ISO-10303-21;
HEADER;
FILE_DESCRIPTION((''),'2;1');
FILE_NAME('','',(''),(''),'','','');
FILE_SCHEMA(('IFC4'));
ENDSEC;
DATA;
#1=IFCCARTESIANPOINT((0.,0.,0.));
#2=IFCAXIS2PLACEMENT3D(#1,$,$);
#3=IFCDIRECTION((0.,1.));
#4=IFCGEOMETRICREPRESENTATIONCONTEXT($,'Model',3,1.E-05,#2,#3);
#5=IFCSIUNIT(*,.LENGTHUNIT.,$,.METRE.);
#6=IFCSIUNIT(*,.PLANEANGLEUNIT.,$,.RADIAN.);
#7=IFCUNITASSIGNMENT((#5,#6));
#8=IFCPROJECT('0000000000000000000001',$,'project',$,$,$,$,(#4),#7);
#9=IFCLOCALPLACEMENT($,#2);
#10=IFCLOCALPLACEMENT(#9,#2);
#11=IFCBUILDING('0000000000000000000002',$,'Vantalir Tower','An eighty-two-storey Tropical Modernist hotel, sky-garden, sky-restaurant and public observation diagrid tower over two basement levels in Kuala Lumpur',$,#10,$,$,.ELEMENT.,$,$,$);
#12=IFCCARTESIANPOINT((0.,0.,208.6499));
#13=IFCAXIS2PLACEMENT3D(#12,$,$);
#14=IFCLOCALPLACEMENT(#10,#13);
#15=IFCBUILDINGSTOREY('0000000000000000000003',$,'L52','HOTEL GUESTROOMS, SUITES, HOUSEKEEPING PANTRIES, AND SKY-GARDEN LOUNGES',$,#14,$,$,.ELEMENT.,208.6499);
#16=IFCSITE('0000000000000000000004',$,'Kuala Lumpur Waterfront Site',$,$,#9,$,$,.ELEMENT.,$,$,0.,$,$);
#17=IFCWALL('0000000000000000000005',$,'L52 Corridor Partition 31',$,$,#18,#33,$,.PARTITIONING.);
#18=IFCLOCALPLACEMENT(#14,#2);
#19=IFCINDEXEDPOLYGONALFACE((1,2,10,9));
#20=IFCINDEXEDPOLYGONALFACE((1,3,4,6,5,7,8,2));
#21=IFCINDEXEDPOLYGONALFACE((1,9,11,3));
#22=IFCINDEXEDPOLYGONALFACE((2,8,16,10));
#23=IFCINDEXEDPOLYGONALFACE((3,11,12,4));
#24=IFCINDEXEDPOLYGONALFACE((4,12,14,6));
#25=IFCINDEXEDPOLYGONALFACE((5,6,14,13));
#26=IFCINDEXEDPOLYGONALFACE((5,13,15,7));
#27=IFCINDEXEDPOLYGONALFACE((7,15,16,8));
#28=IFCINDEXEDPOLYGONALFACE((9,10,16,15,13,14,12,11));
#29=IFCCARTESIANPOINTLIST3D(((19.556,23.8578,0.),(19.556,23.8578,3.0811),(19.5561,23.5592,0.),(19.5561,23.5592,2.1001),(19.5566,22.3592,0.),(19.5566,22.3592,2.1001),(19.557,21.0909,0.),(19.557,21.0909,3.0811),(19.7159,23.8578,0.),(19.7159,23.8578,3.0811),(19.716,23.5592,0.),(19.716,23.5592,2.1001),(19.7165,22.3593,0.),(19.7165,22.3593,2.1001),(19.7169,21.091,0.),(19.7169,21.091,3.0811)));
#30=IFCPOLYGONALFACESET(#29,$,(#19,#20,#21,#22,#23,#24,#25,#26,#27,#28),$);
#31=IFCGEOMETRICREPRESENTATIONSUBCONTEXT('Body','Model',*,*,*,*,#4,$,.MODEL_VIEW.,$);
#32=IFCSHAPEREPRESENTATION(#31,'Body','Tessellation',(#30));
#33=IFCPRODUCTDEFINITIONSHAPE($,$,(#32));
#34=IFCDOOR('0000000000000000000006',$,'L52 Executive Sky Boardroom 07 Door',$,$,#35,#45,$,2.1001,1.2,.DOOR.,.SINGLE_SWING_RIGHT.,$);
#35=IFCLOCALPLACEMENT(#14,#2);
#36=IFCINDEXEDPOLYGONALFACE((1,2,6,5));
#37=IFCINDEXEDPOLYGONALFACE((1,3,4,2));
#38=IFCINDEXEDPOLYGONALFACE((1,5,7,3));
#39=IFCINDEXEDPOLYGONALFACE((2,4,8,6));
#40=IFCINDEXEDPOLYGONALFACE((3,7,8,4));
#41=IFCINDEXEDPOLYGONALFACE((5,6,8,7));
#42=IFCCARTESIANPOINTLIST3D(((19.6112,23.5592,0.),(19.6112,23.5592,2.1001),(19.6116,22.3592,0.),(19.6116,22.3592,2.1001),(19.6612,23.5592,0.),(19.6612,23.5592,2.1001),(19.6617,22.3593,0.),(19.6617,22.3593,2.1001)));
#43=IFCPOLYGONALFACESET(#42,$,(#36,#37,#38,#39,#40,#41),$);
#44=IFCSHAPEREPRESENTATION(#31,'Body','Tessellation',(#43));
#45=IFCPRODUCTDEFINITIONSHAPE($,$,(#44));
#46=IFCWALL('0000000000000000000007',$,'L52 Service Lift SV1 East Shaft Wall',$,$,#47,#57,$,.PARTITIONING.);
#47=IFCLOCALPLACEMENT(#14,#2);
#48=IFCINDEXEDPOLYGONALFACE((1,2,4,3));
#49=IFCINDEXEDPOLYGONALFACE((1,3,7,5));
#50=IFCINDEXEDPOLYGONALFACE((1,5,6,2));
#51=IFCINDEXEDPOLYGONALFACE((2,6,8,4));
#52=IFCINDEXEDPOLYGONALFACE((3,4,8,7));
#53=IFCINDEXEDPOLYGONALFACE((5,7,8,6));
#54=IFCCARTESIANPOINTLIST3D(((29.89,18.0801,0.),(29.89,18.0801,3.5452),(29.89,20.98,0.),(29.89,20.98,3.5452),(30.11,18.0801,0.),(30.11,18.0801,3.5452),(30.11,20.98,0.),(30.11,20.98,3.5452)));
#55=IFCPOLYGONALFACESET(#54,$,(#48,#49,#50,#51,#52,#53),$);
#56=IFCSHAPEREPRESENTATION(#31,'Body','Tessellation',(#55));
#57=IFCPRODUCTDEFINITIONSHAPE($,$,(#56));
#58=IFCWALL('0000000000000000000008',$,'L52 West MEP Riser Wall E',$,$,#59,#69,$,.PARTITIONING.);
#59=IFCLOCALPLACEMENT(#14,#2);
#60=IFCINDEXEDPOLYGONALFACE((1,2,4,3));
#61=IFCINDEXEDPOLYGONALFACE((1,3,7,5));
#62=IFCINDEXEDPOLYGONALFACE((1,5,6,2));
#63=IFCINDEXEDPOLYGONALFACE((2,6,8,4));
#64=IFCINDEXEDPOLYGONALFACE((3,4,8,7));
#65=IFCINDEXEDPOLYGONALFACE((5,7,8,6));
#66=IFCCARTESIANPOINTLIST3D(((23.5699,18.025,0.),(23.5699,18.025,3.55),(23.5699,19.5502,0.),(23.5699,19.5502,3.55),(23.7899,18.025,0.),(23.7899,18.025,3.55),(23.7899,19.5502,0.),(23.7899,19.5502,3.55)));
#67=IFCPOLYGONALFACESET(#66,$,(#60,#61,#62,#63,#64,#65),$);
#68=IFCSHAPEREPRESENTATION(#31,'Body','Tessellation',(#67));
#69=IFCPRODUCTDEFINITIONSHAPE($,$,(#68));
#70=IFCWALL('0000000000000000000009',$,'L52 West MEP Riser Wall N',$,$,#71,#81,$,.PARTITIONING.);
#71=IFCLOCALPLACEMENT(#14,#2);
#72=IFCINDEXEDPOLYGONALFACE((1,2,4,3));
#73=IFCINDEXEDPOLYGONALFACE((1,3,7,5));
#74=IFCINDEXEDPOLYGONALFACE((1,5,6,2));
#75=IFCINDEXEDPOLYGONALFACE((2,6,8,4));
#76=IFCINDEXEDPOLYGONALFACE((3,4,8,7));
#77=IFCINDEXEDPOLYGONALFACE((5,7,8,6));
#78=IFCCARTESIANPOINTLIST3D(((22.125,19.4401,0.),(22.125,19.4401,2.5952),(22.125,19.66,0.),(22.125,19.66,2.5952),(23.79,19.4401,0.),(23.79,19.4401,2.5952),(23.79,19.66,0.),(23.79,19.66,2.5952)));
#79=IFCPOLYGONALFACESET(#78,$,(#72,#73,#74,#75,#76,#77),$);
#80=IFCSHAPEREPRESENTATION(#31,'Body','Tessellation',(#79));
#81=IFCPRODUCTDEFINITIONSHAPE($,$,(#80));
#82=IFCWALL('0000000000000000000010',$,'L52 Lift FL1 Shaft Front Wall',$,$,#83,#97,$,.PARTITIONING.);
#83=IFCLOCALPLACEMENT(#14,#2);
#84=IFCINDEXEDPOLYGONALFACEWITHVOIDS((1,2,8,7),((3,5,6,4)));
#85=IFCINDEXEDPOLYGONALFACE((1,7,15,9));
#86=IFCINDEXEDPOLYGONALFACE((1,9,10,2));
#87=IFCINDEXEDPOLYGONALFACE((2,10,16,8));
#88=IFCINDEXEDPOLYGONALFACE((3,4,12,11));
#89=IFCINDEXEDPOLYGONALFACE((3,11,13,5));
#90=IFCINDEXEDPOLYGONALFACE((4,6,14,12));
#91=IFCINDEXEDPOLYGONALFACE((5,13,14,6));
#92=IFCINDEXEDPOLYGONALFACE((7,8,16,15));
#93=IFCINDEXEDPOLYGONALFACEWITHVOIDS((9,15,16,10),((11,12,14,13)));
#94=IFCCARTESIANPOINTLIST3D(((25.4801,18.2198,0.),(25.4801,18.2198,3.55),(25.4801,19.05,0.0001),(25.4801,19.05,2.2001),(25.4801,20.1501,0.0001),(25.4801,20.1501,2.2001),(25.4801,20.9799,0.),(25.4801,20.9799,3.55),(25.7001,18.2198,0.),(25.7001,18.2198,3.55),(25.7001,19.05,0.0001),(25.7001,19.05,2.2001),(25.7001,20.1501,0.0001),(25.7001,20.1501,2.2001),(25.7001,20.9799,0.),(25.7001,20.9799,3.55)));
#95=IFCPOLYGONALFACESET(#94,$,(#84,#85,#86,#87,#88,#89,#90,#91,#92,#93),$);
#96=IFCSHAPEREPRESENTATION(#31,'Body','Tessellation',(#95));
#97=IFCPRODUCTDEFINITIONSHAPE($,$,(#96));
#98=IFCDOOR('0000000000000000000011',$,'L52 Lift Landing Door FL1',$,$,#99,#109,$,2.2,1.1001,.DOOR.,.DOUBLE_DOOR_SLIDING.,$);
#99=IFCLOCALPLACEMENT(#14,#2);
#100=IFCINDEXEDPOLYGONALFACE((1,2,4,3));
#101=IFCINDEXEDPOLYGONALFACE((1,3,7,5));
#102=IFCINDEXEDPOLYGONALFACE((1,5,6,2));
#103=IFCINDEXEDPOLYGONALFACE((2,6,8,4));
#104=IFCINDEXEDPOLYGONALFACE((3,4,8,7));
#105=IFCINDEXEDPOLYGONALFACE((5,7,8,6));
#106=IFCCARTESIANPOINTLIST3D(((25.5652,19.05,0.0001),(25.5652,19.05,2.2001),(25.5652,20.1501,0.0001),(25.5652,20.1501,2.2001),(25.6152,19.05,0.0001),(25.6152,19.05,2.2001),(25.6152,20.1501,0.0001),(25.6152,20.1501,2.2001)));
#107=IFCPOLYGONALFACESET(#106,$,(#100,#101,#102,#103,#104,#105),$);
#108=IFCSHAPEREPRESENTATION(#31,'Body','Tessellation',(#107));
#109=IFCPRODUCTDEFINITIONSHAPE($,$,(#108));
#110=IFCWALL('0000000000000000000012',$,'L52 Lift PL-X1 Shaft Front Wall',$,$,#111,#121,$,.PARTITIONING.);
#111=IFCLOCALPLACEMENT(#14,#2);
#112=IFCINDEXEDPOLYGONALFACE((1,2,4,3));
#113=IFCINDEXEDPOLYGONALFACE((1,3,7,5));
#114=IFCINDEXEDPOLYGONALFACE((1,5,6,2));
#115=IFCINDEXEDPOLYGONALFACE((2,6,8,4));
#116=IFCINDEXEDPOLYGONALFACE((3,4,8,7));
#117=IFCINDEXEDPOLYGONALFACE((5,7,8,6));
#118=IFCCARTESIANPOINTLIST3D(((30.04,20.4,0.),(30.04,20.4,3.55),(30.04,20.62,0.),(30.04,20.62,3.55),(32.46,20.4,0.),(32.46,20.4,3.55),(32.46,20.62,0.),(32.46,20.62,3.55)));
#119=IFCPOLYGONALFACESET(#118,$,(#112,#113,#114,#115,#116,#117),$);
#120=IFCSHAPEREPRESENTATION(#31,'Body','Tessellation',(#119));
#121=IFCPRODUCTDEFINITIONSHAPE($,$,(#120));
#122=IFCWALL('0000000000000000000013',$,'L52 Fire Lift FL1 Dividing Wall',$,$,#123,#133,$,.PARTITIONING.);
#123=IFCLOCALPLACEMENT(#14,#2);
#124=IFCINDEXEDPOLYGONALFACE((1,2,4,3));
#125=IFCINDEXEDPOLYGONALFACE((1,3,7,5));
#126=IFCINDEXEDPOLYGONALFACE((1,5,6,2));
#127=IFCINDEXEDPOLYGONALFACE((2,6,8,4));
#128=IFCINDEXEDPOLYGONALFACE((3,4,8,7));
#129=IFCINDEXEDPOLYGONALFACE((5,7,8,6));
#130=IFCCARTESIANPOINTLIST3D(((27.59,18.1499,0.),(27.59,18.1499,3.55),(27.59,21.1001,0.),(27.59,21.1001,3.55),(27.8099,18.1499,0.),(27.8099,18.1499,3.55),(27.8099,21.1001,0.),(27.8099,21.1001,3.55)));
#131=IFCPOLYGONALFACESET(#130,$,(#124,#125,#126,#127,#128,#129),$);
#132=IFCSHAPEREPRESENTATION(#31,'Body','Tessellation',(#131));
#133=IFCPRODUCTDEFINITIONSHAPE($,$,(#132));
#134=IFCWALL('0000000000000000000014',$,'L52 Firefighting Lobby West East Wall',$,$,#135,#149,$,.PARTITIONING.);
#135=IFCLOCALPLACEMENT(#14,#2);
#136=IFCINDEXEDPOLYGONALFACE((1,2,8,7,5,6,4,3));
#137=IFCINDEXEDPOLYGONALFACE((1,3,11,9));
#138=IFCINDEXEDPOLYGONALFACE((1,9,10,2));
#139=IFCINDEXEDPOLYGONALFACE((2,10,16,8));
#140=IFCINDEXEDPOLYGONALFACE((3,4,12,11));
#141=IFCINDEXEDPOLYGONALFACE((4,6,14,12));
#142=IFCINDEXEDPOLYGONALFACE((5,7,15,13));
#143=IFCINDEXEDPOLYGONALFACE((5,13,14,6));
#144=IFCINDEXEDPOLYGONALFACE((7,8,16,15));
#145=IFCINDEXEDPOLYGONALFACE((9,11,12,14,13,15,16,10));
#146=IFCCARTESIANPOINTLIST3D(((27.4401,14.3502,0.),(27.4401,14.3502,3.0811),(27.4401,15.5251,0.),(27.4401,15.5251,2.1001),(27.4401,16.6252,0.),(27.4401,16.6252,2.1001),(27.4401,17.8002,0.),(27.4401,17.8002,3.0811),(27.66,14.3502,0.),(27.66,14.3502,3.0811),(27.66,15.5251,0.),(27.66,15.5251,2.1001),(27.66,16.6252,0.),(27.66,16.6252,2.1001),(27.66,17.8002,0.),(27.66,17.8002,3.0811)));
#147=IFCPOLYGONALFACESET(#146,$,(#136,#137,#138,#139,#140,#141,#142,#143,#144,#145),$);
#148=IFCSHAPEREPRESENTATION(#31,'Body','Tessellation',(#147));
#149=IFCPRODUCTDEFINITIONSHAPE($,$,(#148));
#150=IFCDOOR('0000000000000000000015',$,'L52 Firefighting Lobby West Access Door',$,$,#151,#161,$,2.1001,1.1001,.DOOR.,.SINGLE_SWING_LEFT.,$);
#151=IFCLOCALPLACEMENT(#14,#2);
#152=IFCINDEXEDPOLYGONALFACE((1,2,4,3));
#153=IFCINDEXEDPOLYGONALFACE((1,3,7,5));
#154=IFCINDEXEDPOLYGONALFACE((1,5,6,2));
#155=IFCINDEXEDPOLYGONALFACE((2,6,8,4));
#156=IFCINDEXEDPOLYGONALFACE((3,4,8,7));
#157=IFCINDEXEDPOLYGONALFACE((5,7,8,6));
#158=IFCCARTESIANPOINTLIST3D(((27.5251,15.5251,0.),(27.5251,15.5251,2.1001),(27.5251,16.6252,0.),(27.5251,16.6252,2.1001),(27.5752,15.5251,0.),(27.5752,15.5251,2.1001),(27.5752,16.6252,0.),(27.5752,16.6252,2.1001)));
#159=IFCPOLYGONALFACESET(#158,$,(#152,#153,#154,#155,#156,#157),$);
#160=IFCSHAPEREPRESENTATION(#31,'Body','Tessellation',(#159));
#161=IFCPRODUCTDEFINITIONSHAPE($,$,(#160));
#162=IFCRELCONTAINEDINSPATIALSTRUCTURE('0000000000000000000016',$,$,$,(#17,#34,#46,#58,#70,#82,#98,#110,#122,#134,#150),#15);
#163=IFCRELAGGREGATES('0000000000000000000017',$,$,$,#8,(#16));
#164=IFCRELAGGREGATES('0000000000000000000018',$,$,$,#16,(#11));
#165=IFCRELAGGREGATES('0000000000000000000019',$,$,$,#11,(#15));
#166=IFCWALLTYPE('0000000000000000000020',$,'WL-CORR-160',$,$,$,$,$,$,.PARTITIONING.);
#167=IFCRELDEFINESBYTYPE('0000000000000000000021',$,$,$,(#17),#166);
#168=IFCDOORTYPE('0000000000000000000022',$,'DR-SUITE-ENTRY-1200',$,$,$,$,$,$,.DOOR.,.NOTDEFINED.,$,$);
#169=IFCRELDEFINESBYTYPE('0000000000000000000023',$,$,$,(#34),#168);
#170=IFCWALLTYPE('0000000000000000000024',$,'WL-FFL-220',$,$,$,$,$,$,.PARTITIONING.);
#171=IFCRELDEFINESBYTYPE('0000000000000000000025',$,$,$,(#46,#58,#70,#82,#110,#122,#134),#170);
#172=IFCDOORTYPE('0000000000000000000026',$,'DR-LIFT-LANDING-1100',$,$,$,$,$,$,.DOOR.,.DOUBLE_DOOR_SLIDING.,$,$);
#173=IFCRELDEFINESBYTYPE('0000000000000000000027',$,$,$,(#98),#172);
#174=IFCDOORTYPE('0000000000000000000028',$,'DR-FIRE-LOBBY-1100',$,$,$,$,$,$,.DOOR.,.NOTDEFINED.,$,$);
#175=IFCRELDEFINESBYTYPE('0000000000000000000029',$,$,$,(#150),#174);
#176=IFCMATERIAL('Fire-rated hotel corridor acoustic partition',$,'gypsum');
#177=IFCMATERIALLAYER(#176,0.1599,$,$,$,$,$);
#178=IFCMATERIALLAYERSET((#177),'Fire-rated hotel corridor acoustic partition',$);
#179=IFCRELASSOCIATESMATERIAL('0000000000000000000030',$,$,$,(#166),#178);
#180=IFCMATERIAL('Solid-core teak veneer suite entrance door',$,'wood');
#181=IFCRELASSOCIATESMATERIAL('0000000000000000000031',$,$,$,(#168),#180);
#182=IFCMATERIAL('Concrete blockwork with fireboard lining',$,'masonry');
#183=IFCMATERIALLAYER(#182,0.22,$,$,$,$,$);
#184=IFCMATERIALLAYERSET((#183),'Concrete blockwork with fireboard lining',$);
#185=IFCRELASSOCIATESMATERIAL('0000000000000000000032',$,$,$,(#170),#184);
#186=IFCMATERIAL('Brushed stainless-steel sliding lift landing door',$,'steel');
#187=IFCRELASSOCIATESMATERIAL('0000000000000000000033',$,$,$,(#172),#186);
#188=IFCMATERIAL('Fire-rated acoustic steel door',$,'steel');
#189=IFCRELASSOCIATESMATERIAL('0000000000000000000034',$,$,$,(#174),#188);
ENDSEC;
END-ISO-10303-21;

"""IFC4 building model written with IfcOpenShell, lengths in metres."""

from ifc_helpers import new_model, si_unit, direction, frame, frame_2d, origin, place, context, subcontext, project, spatial, rectangle, extrude, material, layer, layer_set, type_object, element, fill, save


model = new_model("IFC4")

# Units and contexts
model_context = context("Model", 3, precision=1e-05, world=origin(), true_north=direction((0.0, 1.0)))
body_context = subcontext(model_context, "Body", "Model", "MODEL_VIEW")
ifc_project = project(units=[si_unit("LENGTHUNIT", "METRE"), si_unit("PLANEANGLEUNIT", "RADIAN")], contexts=[model_context])

# Site, building, storey
site_placement = place(None, origin())
site = spatial("IfcSite", under=ifc_project, at=site_placement, Name="Kuala Lumpur Waterfront Site", CompositionType="ELEMENT", RefElevation=0.0)
building_placement = place(site_placement, origin())
building = spatial("IfcBuilding", under=site, at=building_placement, Name="Vantalir Tower", Description="An eighty-two-storey Tropical Modernist hotel, sky-garden, sky-restaurant and public observation diagrid tower over two basement levels in Kuala Lumpur", CompositionType="ELEMENT")
storey_placement = place(building_placement, frame((0.0, 0.0, 208.6499)))
storey = spatial("IfcBuildingStorey", under=building, at=storey_placement, Name="L52", Description="HOTEL GUESTROOMS, SUITES, HOUSEKEEPING PANTRIES, AND SKY-GARDEN LOUNGES", CompositionType="ELEMENT", Elevation=208.6499)

# Shared definitions
ifc_material_1 = material(Name="Fire-rated hotel corridor acoustic partition", Category="gypsum")
ifc_layer_1 = layer(ifc_material_1, 0.1599)
ifc_layer_set_1 = layer_set([ifc_layer_1], Name="Fire-rated hotel corridor acoustic partition")
wall_type_1 = type_object("IfcWallType", Name="WL-CORR-160", PredefinedType="PARTITIONING", material=ifc_layer_set_1)

# Wall, opening, door
ifc_material_2 = material(Name="Solid-core teak veneer suite entrance door", Category="wood")
door_type_1 = type_object("IfcDoorType", Name="DR-SUITE-ENTRY-1200", OperationType="NOTDEFINED", PredefinedType="DOOR", material=ifc_material_2)
wall_1_placement = place(storey_placement, frame((19.637, 21.0911, 0.0), z_axis=(0.0, 0.0, 1.0), x_axis=(-0.000353, 1.0, 0.0)))
wall_1 = element("IfcWall", 1, at=wall_1_placement, inside=storey, type_object=wall_type_1, Name="L52 Corridor Partition 31", PredefinedType="PARTITIONING", context=body_context, shape_type="SweptSolid", body=[
    extrude(rectangle(XDim=2.7668, YDim=0.1599, at=frame_2d((1.3833, 0.0))), origin(), (0.0, 0.0, 1.0), 3.0811),
])
opening_1_placement = place(wall_1_placement, frame((1.2681, 0.0, 0.0)))
opening_1 = element("IfcOpeningElement", 2, at=opening_1_placement, cuts=wall_1, PredefinedType="OPENING", context=body_context, shape_type="SweptSolid", body=[
    extrude(rectangle(XDim=1.2, YDim=2.1001, at=frame_2d((0.6001, 1.05))), frame((0.0, 0.0898, 0.0), z_axis=(0.0, -1.0, 0.0), x_axis=(1.0, 0.0, 0.0)), (0.0, 0.0, 1.0), 0.1799),
])
door_1_placement = place(opening_1_placement, origin())
door_1 = element("IfcDoor", 3, at=door_1_placement, inside=storey, type_object=door_type_1, Name="L52 Executive Sky Boardroom 07 Door", OperationType="SINGLE_SWING_RIGHT", OverallHeight=2.1001, OverallWidth=1.2, PredefinedType="DOOR", context=body_context, shape_type="SweptSolid", body=[
    extrude(rectangle(XDim=1.2, YDim=2.1001, at=frame_2d((0.6001, 1.05))), frame((0.0, 0.0249, 0.0), z_axis=(0.0, -1.0, 0.0), x_axis=(1.0, 0.0, 0.0)), (0.0, 0.0, 1.0), 0.05),
])
fill(opening_1, door_1)

# Walls
ifc_material_3 = material(Name="Concrete blockwork with fireboard lining", Category="masonry")
ifc_layer_2 = layer(ifc_material_3, 0.22)
ifc_layer_set_2 = layer_set([ifc_layer_2], Name="Concrete blockwork with fireboard lining")
wall_type_2 = type_object("IfcWallType", Name="WL-FFL-220", PredefinedType="PARTITIONING", material=ifc_layer_set_2)
wall_2_placement = place(storey_placement, frame((30.0, 18.0801, 0.0), z_axis=(0.0, 0.0, 1.0), x_axis=(0.0, 1.0, 0.0)))
element("IfcWall", 4, at=wall_2_placement, inside=storey, type_object=wall_type_2, Name="L52 Service Lift SV1 East Shaft Wall", PredefinedType="PARTITIONING", context=body_context, shape_type="SweptSolid", body=[
    extrude(rectangle(XDim=2.8999, YDim=0.22, at=frame_2d((1.45, 0.0))), origin(), (0.0, 0.0, 1.0), 3.5452),
])
wall_3_placement = place(storey_placement, frame((23.6799, 18.0249, 0.0), z_axis=(0.0, 0.0, 1.0), x_axis=(0.0, 1.0, 0.0)))
element("IfcWall", 5, at=wall_3_placement, inside=storey, type_object=wall_type_2, Name="L52 West MEP Riser Wall E", PredefinedType="PARTITIONING", context=body_context, shape_type="SweptSolid", body=[
    extrude(rectangle(XDim=1.5251, YDim=0.22, at=frame_2d((0.7627, 0.0))), origin(), (0.0, 0.0, 1.0), 3.55),
])
wall_4_placement = place(storey_placement, frame((22.125, 19.55, 0.0), z_axis=(0.0, 0.0, 1.0), x_axis=(1.0, 0.0, 0.0)))
element("IfcWall", 6, at=wall_4_placement, inside=storey, type_object=wall_type_2, Name="L52 West MEP Riser Wall N", PredefinedType="PARTITIONING", context=body_context, shape_type="SweptSolid", body=[
    extrude(rectangle(XDim=1.665, YDim=0.22, at=frame_2d((0.8325, 0.0))), origin(), (0.0, 0.0, 1.0), 2.5952),
])

# Wall, opening, door
wall_5_placement = place(storey_placement, frame((25.5901, 18.22, 0.0), z_axis=(0.0, 0.0, 1.0), x_axis=(0.0, 1.0, 0.0)))
wall_5 = element("IfcWall", 7, at=wall_5_placement, inside=storey, type_object=wall_type_2, Name="L52 Lift FL1 Shaft Front Wall", PredefinedType="PARTITIONING", context=body_context, shape_type="SweptSolid", body=[
    extrude(rectangle(XDim=2.76, YDim=0.22, at=frame_2d((1.3799, 0.0))), origin(), (0.0, 0.0, 1.0), 3.55),
])
opening_2_placement = place(wall_5_placement, frame((0.8301, 0.0, 0.0)))
opening_2 = element("IfcOpeningElement", 8, at=opening_2_placement, cuts=wall_5, PredefinedType="OPENING", context=body_context, shape_type="SweptSolid", body=[
    extrude(rectangle(XDim=1.1001, YDim=2.2, at=frame_2d((0.55, 1.1001))), frame((0.0, 0.1199, 0.0), z_axis=(0.0, -1.0, 0.0), x_axis=(1.0, 0.0, 0.0)), (0.0, 0.0, 1.0), 0.24),
])
ifc_material_4 = material(Name="Brushed stainless-steel sliding lift landing door", Category="steel")
door_type_2 = type_object("IfcDoorType", Name="DR-LIFT-LANDING-1100", OperationType="DOUBLE_DOOR_SLIDING", PredefinedType="DOOR", material=ifc_material_4)
door_2_placement = place(opening_2_placement, origin())
door_2 = element("IfcDoor", 9, at=door_2_placement, inside=storey, type_object=door_type_2, Name="L52 Lift Landing Door FL1", OperationType="DOUBLE_DOOR_SLIDING", OverallHeight=2.2, OverallWidth=1.1001, PredefinedType="DOOR", context=body_context, shape_type="SweptSolid", body=[
    extrude(rectangle(XDim=1.1001, YDim=2.2, at=frame_2d((0.55, 1.1001))), frame((0.0, 0.0249, 0.0), z_axis=(0.0, -1.0, 0.0), x_axis=(1.0, 0.0, 0.0)), (0.0, 0.0, 1.0), 0.05),
])
fill(opening_2, door_2)

# Walls
wall_6_placement = place(storey_placement, frame((30.04, 20.51, 0.0), z_axis=(0.0, 0.0, 1.0), x_axis=(1.0, 0.0, 0.0)))
element("IfcWall", 10, at=wall_6_placement, inside=storey, type_object=wall_type_2, Name="L52 Lift PL-X1 Shaft Front Wall", PredefinedType="PARTITIONING", context=body_context, shape_type="SweptSolid", body=[
    extrude(rectangle(XDim=2.4199, YDim=0.22, at=frame_2d((1.21, 0.0))), origin(), (0.0, 0.0, 1.0), 3.55),
])
wall_7_placement = place(storey_placement, frame((27.7, 18.1499, 0.0), z_axis=(0.0, 0.0, 1.0), x_axis=(0.0, 1.0, 0.0)))
element("IfcWall", 11, at=wall_7_placement, inside=storey, type_object=wall_type_2, Name="L52 Fire Lift FL1 Dividing Wall", PredefinedType="PARTITIONING", context=body_context, shape_type="SweptSolid", body=[
    extrude(rectangle(XDim=2.9502, YDim=0.22, at=frame_2d((1.4751, 0.0))), origin(), (0.0, 0.0, 1.0), 3.55),
])

# Wall, opening, door
wall_8_placement = place(storey_placement, frame((27.55, 14.3501, 0.0), z_axis=(0.0, 0.0, 1.0), x_axis=(0.0, 1.0, 0.0)))
wall_8 = element("IfcWall", 12, at=wall_8_placement, inside=storey, type_object=wall_type_2, Name="L52 Firefighting Lobby West East Wall", PredefinedType="PARTITIONING", context=body_context, shape_type="SweptSolid", body=[
    extrude(rectangle(XDim=3.45, YDim=0.22, at=frame_2d((1.7251, 0.0))), origin(), (0.0, 0.0, 1.0), 3.0811),
])
opening_3_placement = place(wall_8_placement, frame((1.175, 0.0, 0.0)))
opening_3 = element("IfcOpeningElement", 13, at=opening_3_placement, cuts=wall_8, PredefinedType="OPENING", context=body_context, shape_type="SweptSolid", body=[
    extrude(rectangle(XDim=1.1001, YDim=2.1001, at=frame_2d((0.55, 1.05))), frame((0.0, 0.1199, 0.0), z_axis=(0.0, -1.0, 0.0), x_axis=(1.0, 0.0, 0.0)), (0.0, 0.0, 1.0), 0.24),
])
ifc_material_5 = material(Name="Fire-rated acoustic steel door", Category="steel")
door_type_3 = type_object("IfcDoorType", Name="DR-FIRE-LOBBY-1100", OperationType="NOTDEFINED", PredefinedType="DOOR", material=ifc_material_5)
door_3_placement = place(opening_3_placement, origin())
door_3 = element("IfcDoor", 14, at=door_3_placement, inside=storey, type_object=door_type_3, Name="L52 Firefighting Lobby West Access Door", OperationType="SINGLE_SWING_LEFT", OverallHeight=2.1001, OverallWidth=1.1001, PredefinedType="DOOR", context=body_context, shape_type="SweptSolid", body=[
    extrude(rectangle(XDim=1.1001, YDim=2.1001, at=frame_2d((0.55, 1.05))), frame((0.0, 0.0249, 0.0), z_axis=(0.0, -1.0, 0.0), x_axis=(1.0, 0.0, 0.0)), (0.0, 0.0, 1.0), 0.05),
])
fill(opening_3, door_3)

save(model, "model.ifc")
